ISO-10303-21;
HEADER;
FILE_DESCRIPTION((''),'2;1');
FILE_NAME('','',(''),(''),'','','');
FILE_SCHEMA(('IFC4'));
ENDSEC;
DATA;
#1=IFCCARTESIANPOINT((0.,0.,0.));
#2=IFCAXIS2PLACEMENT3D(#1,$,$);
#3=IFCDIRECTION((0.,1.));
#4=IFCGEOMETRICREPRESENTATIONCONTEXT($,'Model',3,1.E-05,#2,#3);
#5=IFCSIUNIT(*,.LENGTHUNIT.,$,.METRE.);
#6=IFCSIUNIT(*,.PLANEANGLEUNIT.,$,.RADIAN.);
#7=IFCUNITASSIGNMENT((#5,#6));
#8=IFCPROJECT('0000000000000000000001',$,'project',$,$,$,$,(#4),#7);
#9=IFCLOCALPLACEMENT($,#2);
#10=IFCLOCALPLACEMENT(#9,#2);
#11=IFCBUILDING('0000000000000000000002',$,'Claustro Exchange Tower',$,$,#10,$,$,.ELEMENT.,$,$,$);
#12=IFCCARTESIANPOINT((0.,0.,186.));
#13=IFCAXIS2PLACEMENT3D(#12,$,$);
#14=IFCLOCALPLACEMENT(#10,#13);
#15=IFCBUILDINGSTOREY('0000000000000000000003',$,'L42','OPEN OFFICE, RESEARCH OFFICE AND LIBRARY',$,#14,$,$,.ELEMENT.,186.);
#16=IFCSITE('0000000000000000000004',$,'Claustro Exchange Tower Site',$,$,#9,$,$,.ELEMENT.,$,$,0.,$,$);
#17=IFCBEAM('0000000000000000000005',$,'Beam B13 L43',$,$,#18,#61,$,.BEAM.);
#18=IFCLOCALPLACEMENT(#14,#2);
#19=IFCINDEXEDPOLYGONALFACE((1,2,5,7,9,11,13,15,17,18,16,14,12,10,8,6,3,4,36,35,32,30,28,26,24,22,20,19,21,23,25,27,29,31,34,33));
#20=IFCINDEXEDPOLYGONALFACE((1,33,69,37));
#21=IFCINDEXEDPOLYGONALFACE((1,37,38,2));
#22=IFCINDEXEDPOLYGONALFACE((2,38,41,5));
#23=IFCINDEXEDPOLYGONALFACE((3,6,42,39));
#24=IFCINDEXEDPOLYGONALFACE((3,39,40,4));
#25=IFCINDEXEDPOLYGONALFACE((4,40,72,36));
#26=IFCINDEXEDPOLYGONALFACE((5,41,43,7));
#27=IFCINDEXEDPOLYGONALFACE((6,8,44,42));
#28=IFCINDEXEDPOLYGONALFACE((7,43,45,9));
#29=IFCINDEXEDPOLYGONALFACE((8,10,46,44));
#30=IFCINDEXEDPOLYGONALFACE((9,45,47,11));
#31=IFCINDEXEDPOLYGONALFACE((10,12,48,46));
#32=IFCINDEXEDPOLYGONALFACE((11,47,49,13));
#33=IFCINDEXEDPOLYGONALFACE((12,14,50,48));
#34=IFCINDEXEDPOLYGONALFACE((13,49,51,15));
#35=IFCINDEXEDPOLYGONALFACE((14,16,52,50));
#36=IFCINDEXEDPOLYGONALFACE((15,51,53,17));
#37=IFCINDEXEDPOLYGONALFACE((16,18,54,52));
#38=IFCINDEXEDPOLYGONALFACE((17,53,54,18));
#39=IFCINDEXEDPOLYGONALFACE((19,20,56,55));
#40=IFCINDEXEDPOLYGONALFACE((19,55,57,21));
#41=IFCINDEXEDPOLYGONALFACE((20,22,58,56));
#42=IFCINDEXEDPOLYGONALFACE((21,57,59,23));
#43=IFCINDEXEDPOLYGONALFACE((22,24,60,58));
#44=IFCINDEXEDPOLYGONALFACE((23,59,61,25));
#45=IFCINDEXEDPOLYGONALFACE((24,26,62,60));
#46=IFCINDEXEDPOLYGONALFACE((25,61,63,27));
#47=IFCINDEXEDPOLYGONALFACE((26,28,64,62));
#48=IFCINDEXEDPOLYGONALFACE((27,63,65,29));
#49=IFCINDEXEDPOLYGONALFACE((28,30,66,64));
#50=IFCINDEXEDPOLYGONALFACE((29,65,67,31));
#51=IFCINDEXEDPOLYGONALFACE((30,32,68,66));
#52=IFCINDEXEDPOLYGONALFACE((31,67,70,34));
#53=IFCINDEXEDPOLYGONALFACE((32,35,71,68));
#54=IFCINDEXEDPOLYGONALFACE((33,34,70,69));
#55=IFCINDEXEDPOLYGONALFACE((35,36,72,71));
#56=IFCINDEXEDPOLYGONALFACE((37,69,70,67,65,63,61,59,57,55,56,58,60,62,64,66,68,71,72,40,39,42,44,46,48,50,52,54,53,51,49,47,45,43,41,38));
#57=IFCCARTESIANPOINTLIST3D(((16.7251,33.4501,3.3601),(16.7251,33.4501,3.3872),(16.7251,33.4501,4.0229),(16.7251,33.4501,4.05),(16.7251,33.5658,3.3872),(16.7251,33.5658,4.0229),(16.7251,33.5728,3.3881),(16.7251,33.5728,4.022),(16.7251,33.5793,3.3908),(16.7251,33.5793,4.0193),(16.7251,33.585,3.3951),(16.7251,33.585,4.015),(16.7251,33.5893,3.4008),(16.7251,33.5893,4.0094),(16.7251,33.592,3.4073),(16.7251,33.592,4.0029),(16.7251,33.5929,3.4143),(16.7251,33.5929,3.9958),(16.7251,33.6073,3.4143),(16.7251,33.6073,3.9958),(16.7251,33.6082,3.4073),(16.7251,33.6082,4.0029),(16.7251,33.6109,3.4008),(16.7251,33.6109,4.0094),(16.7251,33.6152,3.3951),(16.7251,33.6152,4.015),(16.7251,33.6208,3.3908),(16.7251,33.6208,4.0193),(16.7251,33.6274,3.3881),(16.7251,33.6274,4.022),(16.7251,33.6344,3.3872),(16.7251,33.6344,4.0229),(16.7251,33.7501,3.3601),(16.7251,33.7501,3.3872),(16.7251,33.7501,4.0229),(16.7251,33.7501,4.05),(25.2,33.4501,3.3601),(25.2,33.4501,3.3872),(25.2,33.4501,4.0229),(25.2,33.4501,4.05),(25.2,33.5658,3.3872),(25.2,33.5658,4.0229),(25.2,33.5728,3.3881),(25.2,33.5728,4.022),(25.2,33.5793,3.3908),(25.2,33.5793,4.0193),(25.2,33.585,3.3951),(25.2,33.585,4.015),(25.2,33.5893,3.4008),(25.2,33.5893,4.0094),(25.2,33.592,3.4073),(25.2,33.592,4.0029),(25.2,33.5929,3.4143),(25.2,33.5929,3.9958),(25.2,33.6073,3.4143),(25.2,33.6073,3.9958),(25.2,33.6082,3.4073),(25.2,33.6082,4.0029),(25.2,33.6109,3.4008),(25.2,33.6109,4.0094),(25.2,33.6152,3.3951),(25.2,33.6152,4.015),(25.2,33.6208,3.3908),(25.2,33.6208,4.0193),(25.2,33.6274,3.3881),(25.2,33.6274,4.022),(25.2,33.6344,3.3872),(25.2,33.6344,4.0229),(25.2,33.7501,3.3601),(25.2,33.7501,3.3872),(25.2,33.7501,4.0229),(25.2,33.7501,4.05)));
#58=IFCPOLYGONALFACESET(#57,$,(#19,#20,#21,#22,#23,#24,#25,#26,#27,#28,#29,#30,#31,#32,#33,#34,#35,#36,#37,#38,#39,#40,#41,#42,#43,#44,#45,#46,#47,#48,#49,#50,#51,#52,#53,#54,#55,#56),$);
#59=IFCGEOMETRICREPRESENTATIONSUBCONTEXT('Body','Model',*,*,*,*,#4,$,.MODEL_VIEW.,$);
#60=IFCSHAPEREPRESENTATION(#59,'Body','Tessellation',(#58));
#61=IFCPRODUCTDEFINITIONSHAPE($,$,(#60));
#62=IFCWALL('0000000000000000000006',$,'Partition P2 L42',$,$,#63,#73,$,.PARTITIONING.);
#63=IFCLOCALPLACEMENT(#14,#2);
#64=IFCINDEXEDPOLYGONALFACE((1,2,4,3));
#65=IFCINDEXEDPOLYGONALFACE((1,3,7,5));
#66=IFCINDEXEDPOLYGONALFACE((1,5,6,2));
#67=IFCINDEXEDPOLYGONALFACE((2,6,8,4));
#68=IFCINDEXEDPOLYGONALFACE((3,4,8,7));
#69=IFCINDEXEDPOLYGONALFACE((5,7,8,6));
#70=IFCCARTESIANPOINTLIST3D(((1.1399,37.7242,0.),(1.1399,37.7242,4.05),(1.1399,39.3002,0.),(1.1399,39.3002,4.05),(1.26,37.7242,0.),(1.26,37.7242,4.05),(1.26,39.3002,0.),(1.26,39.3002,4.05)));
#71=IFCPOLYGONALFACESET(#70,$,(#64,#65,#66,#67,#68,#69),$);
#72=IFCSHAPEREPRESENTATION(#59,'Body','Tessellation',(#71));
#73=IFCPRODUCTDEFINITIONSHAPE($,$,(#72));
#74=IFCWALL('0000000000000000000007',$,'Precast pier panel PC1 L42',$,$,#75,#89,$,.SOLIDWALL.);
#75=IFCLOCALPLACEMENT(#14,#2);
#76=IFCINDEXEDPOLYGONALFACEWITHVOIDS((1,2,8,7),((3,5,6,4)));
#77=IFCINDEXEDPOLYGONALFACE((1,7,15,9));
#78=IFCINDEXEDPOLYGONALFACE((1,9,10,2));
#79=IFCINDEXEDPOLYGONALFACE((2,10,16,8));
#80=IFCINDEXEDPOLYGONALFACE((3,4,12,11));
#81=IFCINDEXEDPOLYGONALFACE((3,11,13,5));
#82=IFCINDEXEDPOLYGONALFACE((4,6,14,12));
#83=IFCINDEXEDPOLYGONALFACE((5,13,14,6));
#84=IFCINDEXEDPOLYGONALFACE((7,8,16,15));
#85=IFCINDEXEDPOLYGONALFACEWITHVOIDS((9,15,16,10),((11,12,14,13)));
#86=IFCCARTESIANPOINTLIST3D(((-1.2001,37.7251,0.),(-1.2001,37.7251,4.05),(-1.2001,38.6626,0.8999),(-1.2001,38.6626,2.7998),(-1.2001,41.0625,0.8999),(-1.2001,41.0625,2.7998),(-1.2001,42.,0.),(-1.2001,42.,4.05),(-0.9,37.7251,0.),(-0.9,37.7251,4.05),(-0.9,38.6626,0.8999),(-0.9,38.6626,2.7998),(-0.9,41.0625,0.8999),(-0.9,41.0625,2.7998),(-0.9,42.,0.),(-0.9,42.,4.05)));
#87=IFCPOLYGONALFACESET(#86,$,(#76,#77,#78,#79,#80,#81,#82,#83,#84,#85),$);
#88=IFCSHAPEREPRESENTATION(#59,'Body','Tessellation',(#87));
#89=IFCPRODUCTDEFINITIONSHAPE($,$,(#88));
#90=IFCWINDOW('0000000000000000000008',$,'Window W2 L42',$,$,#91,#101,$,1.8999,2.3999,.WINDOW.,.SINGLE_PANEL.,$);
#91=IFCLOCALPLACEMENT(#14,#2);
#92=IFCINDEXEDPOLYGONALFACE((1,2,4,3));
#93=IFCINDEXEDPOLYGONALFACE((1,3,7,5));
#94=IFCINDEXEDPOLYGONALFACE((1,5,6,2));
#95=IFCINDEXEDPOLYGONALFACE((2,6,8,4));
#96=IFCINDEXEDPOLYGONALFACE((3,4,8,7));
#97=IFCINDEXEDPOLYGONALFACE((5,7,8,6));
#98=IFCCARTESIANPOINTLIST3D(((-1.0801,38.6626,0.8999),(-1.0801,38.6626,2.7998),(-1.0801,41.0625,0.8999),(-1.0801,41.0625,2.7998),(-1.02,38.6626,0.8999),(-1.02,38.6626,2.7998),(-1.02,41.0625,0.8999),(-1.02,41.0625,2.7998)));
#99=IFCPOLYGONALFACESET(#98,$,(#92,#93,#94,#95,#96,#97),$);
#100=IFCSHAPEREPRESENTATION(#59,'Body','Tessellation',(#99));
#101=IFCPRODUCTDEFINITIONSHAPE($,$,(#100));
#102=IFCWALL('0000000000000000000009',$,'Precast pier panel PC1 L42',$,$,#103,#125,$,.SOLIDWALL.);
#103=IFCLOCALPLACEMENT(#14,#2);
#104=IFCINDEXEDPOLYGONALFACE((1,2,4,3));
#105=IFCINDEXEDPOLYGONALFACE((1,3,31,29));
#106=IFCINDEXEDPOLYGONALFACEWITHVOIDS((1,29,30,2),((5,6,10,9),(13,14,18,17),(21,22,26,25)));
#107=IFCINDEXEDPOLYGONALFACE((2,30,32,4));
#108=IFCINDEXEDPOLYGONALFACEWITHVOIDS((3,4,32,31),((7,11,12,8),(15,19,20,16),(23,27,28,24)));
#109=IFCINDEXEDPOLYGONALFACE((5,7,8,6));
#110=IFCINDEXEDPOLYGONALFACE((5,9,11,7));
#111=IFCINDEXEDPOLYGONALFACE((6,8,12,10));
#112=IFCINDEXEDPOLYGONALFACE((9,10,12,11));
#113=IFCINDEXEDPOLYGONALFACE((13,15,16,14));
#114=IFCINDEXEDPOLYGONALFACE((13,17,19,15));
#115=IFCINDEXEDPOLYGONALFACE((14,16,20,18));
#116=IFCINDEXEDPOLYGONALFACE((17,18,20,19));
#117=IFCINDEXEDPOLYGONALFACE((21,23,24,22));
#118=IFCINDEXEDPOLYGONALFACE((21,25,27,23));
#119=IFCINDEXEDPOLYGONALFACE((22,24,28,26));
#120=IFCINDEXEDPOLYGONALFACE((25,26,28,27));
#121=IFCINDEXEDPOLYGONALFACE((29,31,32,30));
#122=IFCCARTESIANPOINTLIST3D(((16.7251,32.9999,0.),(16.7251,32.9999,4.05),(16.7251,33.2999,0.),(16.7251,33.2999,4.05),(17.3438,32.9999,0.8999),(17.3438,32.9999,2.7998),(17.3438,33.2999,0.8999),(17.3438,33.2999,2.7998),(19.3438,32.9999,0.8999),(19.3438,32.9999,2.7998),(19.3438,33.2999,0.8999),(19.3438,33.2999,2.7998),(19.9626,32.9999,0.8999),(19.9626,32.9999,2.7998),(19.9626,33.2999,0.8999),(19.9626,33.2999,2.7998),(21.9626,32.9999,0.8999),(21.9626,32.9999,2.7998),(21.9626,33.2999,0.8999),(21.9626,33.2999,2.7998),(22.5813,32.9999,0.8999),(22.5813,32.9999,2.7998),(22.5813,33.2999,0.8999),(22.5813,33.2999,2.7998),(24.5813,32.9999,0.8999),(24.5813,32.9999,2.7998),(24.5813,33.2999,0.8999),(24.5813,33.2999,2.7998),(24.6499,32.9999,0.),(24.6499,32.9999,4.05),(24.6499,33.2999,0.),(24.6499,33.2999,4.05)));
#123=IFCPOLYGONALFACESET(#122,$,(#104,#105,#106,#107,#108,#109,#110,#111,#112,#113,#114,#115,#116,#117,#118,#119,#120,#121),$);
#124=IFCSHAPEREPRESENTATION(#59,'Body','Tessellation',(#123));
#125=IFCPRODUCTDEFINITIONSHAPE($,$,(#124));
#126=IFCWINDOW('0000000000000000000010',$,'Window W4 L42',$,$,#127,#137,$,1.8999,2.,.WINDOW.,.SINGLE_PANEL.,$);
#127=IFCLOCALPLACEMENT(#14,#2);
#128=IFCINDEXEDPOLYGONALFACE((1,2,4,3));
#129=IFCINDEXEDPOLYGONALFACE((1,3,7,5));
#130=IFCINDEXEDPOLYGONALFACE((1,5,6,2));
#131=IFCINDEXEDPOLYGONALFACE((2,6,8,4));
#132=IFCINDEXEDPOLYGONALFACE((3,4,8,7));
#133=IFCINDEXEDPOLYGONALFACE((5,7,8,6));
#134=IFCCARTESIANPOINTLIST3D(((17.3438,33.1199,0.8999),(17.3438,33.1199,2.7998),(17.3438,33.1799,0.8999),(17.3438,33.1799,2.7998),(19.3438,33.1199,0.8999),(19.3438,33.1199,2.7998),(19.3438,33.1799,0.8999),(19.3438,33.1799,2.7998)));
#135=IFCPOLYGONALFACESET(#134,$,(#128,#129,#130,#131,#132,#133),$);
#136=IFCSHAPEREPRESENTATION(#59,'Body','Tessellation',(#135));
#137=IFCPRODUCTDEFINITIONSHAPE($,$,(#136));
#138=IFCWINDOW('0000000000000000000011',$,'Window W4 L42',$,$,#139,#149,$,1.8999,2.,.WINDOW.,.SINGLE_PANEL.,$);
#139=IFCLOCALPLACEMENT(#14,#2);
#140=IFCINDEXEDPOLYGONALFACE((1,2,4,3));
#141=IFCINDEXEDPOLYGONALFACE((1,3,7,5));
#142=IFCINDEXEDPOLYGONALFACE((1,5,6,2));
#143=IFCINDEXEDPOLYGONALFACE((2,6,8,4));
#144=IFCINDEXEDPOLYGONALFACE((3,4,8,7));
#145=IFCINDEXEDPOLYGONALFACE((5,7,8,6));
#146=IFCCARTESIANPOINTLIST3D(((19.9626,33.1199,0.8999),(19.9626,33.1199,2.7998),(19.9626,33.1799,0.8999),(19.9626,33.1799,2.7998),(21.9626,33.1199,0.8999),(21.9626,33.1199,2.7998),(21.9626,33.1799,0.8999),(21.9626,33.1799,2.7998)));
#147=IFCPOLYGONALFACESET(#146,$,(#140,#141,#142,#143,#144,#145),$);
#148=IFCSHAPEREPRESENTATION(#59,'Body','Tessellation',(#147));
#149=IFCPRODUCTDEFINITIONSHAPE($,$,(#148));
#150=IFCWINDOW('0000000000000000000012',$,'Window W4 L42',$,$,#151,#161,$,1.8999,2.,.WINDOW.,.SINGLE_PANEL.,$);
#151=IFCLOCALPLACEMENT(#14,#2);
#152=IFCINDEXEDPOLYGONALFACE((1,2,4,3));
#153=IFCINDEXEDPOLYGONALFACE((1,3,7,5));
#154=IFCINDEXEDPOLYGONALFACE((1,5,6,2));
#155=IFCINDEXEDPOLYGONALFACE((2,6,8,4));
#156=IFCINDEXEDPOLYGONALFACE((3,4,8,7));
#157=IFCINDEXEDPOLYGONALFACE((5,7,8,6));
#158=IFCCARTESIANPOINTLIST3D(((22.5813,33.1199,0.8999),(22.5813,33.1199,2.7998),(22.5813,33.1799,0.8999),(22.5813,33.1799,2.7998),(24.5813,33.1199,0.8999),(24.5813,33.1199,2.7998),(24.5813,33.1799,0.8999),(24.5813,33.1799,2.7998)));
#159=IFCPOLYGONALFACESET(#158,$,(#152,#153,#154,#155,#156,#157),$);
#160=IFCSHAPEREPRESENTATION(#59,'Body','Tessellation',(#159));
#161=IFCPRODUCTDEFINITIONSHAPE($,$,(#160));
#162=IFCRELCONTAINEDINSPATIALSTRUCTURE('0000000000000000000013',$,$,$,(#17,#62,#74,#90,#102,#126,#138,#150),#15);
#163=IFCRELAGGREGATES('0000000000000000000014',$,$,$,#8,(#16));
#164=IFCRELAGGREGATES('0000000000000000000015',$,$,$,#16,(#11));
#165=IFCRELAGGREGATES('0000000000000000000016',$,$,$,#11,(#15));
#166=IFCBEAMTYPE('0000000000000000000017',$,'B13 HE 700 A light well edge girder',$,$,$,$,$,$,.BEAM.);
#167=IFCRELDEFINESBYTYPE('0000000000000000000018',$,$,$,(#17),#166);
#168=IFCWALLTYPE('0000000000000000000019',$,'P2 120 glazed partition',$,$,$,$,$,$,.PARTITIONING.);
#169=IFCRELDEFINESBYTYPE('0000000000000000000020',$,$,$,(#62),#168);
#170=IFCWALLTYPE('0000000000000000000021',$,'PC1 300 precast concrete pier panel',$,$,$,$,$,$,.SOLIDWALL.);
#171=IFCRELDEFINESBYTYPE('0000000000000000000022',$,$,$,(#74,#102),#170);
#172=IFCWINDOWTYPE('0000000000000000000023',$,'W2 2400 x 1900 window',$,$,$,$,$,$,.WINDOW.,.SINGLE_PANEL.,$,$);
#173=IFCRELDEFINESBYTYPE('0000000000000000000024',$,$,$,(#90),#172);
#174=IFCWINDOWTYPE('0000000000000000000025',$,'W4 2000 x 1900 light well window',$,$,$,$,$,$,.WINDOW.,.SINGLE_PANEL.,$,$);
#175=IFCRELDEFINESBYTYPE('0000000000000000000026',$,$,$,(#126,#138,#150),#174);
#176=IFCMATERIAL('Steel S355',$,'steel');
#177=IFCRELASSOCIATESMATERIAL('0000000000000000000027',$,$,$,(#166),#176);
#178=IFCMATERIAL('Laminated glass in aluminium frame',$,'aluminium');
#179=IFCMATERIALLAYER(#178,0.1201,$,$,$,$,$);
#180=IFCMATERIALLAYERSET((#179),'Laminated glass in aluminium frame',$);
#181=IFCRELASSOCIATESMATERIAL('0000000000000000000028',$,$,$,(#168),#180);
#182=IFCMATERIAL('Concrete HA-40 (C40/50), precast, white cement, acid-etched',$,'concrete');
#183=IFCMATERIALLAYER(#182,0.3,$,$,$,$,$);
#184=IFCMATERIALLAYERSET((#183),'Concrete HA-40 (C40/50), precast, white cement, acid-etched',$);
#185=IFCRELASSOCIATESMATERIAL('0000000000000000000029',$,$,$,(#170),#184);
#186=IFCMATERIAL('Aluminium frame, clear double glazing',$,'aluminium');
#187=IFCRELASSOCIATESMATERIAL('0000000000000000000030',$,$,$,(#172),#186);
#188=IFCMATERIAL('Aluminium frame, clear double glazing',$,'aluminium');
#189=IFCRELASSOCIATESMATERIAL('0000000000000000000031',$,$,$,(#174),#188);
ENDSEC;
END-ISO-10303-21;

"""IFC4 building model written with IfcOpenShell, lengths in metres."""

from ifc_helpers import new_model, si_unit, direction, frame, frame_2d, origin, origin_2d, place, context, subcontext, project, spatial, rectangle, i_section, extrude, material, layer, layer_set, material_profile, profile_set, type_object, element, fill, save


model = new_model("IFC4")

# Units and contexts
model_context = context("Model", 3, precision=1e-05, world=origin(), true_north=direction((0.0, 1.0)))
body_context = subcontext(model_context, "Body", "Model", "MODEL_VIEW")
ifc_project = project(units=[si_unit("LENGTHUNIT", "METRE"), si_unit("PLANEANGLEUNIT", "RADIAN")], contexts=[model_context])

# Site, building, storey
site_placement = place(None, origin())
site = spatial("IfcSite", under=ifc_project, at=site_placement, Name="Claustro Exchange Tower Site", CompositionType="ELEMENT", RefElevation=0.0)
building_placement = place(site_placement, origin())
building = spatial("IfcBuilding", under=site, at=building_placement, Name="Claustro Exchange Tower", CompositionType="ELEMENT")
storey_placement = place(building_placement, frame((0.0, 0.0, 186.0)))
storey = spatial("IfcBuildingStorey", under=building, at=storey_placement, Name="L42", Description="OPEN OFFICE, RESEARCH OFFICE AND LIBRARY", CompositionType="ELEMENT", Elevation=186.0)

# Beam
ifc_material_1 = material(Name="Steel S355", Category="steel")
ifc_material_profile = material_profile(ifc_material_1, i_section(OverallWidth=0.3, OverallDepth=0.6899, WebThickness=0.0144, FlangeThickness=0.0271, FilletRadius=0.0271, at=origin_2d()), Name="HE 700 A")
ifc_profile_set = profile_set([ifc_material_profile], Name="Steel S355")
beam_type = type_object("IfcBeamType", Name="B13 HE 700 A light well edge girder", PredefinedType="BEAM", material=ifc_profile_set)
beam_placement = place(storey_placement, frame((16.7251, 33.6001, 3.7051), z_axis=(1.0, 0.0, 0.0), x_axis=(0.0, 1.0, 0.0)))
element("IfcBeam", 1, at=beam_placement, inside=storey, type_object=beam_type, Name="Beam B13 L43", PredefinedType="BEAM", context=body_context, shape_type="SweptSolid", body=[
    extrude(i_section(OverallWidth=0.3, OverallDepth=0.6899, WebThickness=0.0144, FlangeThickness=0.0271, FilletRadius=0.0271, at=origin_2d()), origin(), (0.0, 0.0, 1.0), 8.4749),
])

# Wall
ifc_material_2 = material(Name="Laminated glass in aluminium frame", Category="aluminium")
ifc_layer_1 = layer(ifc_material_2, 0.1201)
ifc_layer_set_1 = layer_set([ifc_layer_1], Name="Laminated glass in aluminium frame")
wall_type_1 = type_object("IfcWallType", Name="P2 120 glazed partition", PredefinedType="PARTITIONING", material=ifc_layer_set_1)
wall_1_placement = place(storey_placement, frame((1.2, 37.7241, 0.0), z_axis=(0.0, 0.0, 1.0), x_axis=(0.0, 1.0, 0.0)))
element("IfcWall", 2, at=wall_1_placement, inside=storey, type_object=wall_type_1, Name="Partition P2 L42", PredefinedType="PARTITIONING", context=body_context, shape_type="SweptSolid", body=[
    extrude(rectangle(XDim=1.5759, YDim=0.1201, at=frame_2d((0.7881, 0.0))), origin(), (0.0, 0.0, 1.0), 4.05),
])

# Wall, opening, window
ifc_material_3 = material(Name="Concrete HA-40 (C40/50), precast, white cement, acid-etched", Category="concrete")
ifc_layer_2 = layer(ifc_material_3, 0.3)
ifc_layer_set_2 = layer_set([ifc_layer_2], Name="Concrete HA-40 (C40/50), precast, white cement, acid-etched")
wall_type_2 = type_object("IfcWallType", Name="PC1 300 precast concrete pier panel", PredefinedType="SOLIDWALL", material=ifc_layer_set_2)
wall_2_placement = place(storey_placement, frame((-1.05, 37.7251, 0.0), z_axis=(0.0, 0.0, 1.0), x_axis=(0.0, 1.0, 0.0)))
wall_2 = element("IfcWall", 3, at=wall_2_placement, inside=storey, type_object=wall_type_2, Name="Precast pier panel PC1 L42", PredefinedType="SOLIDWALL", context=body_context, shape_type="SweptSolid", body=[
    extrude(rectangle(XDim=4.2749, YDim=0.3, at=frame_2d((2.1375, 0.0))), origin(), (0.0, 0.0, 1.0), 4.05),
])
opening_1_placement = place(wall_2_placement, frame((0.9375, 0.0, 0.8999)))
opening_1 = element("IfcOpeningElement", 4, at=opening_1_placement, cuts=wall_2, PredefinedType="OPENING", context=body_context, shape_type="SweptSolid", body=[
    extrude(rectangle(XDim=2.3999, YDim=1.8999, at=frame_2d((1.2, 0.95))), frame((0.0, 0.1599, 0.0), z_axis=(0.0, -1.0, 0.0), x_axis=(1.0, 0.0, 0.0)), (0.0, 0.0, 1.0), 0.3201),
])
ifc_material_4 = material(Name="Aluminium frame, clear double glazing", Category="aluminium")
window_type_1 = type_object("IfcWindowType", Name="W2 2400 x 1900 window", PartitioningType="SINGLE_PANEL", PredefinedType="WINDOW", material=ifc_material_4)
window_1_placement = place(opening_1_placement, origin())
window_1 = element("IfcWindow", 5, at=window_1_placement, inside=storey, type_object=window_type_1, Name="Window W2 L42", OverallHeight=1.8999, OverallWidth=2.3999, PartitioningType="SINGLE_PANEL", PredefinedType="WINDOW", context=body_context, shape_type="SweptSolid", body=[
    extrude(rectangle(XDim=2.3999, YDim=1.8999, at=frame_2d((1.2, 0.95))), frame((0.0, 0.03, 0.0), z_axis=(0.0, -1.0, 0.0), x_axis=(1.0, 0.0, 0.0)), (0.0, 0.0, 1.0), 0.0601),
])
fill(opening_1, window_1)

# Wall, openings, windows
wall_3_placement = place(storey_placement, frame((16.7251, 33.1499, 0.0), z_axis=(0.0, 0.0, 1.0), x_axis=(1.0, 0.0, 0.0)))
wall_3 = element("IfcWall", 6, at=wall_3_placement, inside=storey, type_object=wall_type_2, Name="Precast pier panel PC1 L42", PredefinedType="SOLIDWALL", context=body_context, shape_type="SweptSolid", body=[
    extrude(rectangle(XDim=7.9248, YDim=0.3, at=frame_2d((3.9624, 0.0))), origin(), (0.0, 0.0, 1.0), 4.05),
])
opening_2_placement = place(wall_3_placement, frame((0.6187, 0.0, 0.8999)))
opening_2 = element("IfcOpeningElement", 7, at=opening_2_placement, cuts=wall_3, PredefinedType="OPENING", context=body_context, shape_type="SweptSolid", body=[
    extrude(rectangle(XDim=2.0, YDim=1.8999, at=frame_2d((1.0, 0.95))), frame((0.0, 0.1599, 0.0), z_axis=(0.0, -1.0, 0.0), x_axis=(1.0, 0.0, 0.0)), (0.0, 0.0, 1.0), 0.3201),
])
opening_3_placement = place(wall_3_placement, frame((3.2375, 0.0, 0.8999)))
opening_3 = element("IfcOpeningElement", 8, at=opening_3_placement, cuts=wall_3, PredefinedType="OPENING", context=body_context, shape_type="SweptSolid", body=[
    extrude(rectangle(XDim=2.0, YDim=1.8999, at=frame_2d((1.0, 0.95))), frame((0.0, 0.1599, 0.0), z_axis=(0.0, -1.0, 0.0), x_axis=(1.0, 0.0, 0.0)), (0.0, 0.0, 1.0), 0.3201),
])
opening_4_placement = place(wall_3_placement, frame((5.8562, 0.0, 0.8999)))
opening_4 = element("IfcOpeningElement", 9, at=opening_4_placement, cuts=wall_3, PredefinedType="OPENING", context=body_context, shape_type="SweptSolid", body=[
    extrude(rectangle(XDim=2.0, YDim=1.8999, at=frame_2d((1.0, 0.95))), frame((0.0, 0.1599, 0.0), z_axis=(0.0, -1.0, 0.0), x_axis=(1.0, 0.0, 0.0)), (0.0, 0.0, 1.0), 0.3201),
])
ifc_material_5 = material(Name="Aluminium frame, clear double glazing", Category="aluminium")
window_type_2 = type_object("IfcWindowType", Name="W4 2000 x 1900 light well window", PartitioningType="SINGLE_PANEL", PredefinedType="WINDOW", material=ifc_material_5)
window_2_placement = place(opening_2_placement, origin())
window_2 = element("IfcWindow", 10, at=window_2_placement, inside=storey, type_object=window_type_2, Name="Window W4 L42", OverallHeight=1.8999, OverallWidth=2.0, PartitioningType="SINGLE_PANEL", PredefinedType="WINDOW", context=body_context, shape_type="SweptSolid", body=[
    extrude(rectangle(XDim=2.0, YDim=1.8999, at=frame_2d((1.0, 0.95))), frame((0.0, 0.03, 0.0), z_axis=(0.0, -1.0, 0.0), x_axis=(1.0, 0.0, 0.0)), (0.0, 0.0, 1.0), 0.0601),
])
fill(opening_2, window_2)
window_3_placement = place(opening_3_placement, origin())
window_3 = element("IfcWindow", 11, at=window_3_placement, inside=storey, type_object=window_type_2, Name="Window W4 L42", OverallHeight=1.8999, OverallWidth=2.0, PartitioningType="SINGLE_PANEL", PredefinedType="WINDOW", context=body_context, shape_type="SweptSolid", body=[
    extrude(rectangle(XDim=2.0, YDim=1.8999, at=frame_2d((1.0, 0.95))), frame((0.0, 0.03, 0.0), z_axis=(0.0, -1.0, 0.0), x_axis=(1.0, 0.0, 0.0)), (0.0, 0.0, 1.0), 0.0601),
])
fill(opening_3, window_3)
window_4_placement = place(opening_4_placement, origin())
window_4 = element("IfcWindow", 12, at=window_4_placement, inside=storey, type_object=window_type_2, Name="Window W4 L42", OverallHeight=1.8999, OverallWidth=2.0, PartitioningType="SINGLE_PANEL", PredefinedType="WINDOW", context=body_context, shape_type="SweptSolid", body=[
    extrude(rectangle(XDim=2.0, YDim=1.8999, at=frame_2d((1.0, 0.95))), frame((0.0, 0.03, 0.0), z_axis=(0.0, -1.0, 0.0), x_axis=(1.0, 0.0, 0.0)), (0.0, 0.0, 1.0), 0.0601),
])
fill(opening_4, window_4)

save(model, "model.ifc")
